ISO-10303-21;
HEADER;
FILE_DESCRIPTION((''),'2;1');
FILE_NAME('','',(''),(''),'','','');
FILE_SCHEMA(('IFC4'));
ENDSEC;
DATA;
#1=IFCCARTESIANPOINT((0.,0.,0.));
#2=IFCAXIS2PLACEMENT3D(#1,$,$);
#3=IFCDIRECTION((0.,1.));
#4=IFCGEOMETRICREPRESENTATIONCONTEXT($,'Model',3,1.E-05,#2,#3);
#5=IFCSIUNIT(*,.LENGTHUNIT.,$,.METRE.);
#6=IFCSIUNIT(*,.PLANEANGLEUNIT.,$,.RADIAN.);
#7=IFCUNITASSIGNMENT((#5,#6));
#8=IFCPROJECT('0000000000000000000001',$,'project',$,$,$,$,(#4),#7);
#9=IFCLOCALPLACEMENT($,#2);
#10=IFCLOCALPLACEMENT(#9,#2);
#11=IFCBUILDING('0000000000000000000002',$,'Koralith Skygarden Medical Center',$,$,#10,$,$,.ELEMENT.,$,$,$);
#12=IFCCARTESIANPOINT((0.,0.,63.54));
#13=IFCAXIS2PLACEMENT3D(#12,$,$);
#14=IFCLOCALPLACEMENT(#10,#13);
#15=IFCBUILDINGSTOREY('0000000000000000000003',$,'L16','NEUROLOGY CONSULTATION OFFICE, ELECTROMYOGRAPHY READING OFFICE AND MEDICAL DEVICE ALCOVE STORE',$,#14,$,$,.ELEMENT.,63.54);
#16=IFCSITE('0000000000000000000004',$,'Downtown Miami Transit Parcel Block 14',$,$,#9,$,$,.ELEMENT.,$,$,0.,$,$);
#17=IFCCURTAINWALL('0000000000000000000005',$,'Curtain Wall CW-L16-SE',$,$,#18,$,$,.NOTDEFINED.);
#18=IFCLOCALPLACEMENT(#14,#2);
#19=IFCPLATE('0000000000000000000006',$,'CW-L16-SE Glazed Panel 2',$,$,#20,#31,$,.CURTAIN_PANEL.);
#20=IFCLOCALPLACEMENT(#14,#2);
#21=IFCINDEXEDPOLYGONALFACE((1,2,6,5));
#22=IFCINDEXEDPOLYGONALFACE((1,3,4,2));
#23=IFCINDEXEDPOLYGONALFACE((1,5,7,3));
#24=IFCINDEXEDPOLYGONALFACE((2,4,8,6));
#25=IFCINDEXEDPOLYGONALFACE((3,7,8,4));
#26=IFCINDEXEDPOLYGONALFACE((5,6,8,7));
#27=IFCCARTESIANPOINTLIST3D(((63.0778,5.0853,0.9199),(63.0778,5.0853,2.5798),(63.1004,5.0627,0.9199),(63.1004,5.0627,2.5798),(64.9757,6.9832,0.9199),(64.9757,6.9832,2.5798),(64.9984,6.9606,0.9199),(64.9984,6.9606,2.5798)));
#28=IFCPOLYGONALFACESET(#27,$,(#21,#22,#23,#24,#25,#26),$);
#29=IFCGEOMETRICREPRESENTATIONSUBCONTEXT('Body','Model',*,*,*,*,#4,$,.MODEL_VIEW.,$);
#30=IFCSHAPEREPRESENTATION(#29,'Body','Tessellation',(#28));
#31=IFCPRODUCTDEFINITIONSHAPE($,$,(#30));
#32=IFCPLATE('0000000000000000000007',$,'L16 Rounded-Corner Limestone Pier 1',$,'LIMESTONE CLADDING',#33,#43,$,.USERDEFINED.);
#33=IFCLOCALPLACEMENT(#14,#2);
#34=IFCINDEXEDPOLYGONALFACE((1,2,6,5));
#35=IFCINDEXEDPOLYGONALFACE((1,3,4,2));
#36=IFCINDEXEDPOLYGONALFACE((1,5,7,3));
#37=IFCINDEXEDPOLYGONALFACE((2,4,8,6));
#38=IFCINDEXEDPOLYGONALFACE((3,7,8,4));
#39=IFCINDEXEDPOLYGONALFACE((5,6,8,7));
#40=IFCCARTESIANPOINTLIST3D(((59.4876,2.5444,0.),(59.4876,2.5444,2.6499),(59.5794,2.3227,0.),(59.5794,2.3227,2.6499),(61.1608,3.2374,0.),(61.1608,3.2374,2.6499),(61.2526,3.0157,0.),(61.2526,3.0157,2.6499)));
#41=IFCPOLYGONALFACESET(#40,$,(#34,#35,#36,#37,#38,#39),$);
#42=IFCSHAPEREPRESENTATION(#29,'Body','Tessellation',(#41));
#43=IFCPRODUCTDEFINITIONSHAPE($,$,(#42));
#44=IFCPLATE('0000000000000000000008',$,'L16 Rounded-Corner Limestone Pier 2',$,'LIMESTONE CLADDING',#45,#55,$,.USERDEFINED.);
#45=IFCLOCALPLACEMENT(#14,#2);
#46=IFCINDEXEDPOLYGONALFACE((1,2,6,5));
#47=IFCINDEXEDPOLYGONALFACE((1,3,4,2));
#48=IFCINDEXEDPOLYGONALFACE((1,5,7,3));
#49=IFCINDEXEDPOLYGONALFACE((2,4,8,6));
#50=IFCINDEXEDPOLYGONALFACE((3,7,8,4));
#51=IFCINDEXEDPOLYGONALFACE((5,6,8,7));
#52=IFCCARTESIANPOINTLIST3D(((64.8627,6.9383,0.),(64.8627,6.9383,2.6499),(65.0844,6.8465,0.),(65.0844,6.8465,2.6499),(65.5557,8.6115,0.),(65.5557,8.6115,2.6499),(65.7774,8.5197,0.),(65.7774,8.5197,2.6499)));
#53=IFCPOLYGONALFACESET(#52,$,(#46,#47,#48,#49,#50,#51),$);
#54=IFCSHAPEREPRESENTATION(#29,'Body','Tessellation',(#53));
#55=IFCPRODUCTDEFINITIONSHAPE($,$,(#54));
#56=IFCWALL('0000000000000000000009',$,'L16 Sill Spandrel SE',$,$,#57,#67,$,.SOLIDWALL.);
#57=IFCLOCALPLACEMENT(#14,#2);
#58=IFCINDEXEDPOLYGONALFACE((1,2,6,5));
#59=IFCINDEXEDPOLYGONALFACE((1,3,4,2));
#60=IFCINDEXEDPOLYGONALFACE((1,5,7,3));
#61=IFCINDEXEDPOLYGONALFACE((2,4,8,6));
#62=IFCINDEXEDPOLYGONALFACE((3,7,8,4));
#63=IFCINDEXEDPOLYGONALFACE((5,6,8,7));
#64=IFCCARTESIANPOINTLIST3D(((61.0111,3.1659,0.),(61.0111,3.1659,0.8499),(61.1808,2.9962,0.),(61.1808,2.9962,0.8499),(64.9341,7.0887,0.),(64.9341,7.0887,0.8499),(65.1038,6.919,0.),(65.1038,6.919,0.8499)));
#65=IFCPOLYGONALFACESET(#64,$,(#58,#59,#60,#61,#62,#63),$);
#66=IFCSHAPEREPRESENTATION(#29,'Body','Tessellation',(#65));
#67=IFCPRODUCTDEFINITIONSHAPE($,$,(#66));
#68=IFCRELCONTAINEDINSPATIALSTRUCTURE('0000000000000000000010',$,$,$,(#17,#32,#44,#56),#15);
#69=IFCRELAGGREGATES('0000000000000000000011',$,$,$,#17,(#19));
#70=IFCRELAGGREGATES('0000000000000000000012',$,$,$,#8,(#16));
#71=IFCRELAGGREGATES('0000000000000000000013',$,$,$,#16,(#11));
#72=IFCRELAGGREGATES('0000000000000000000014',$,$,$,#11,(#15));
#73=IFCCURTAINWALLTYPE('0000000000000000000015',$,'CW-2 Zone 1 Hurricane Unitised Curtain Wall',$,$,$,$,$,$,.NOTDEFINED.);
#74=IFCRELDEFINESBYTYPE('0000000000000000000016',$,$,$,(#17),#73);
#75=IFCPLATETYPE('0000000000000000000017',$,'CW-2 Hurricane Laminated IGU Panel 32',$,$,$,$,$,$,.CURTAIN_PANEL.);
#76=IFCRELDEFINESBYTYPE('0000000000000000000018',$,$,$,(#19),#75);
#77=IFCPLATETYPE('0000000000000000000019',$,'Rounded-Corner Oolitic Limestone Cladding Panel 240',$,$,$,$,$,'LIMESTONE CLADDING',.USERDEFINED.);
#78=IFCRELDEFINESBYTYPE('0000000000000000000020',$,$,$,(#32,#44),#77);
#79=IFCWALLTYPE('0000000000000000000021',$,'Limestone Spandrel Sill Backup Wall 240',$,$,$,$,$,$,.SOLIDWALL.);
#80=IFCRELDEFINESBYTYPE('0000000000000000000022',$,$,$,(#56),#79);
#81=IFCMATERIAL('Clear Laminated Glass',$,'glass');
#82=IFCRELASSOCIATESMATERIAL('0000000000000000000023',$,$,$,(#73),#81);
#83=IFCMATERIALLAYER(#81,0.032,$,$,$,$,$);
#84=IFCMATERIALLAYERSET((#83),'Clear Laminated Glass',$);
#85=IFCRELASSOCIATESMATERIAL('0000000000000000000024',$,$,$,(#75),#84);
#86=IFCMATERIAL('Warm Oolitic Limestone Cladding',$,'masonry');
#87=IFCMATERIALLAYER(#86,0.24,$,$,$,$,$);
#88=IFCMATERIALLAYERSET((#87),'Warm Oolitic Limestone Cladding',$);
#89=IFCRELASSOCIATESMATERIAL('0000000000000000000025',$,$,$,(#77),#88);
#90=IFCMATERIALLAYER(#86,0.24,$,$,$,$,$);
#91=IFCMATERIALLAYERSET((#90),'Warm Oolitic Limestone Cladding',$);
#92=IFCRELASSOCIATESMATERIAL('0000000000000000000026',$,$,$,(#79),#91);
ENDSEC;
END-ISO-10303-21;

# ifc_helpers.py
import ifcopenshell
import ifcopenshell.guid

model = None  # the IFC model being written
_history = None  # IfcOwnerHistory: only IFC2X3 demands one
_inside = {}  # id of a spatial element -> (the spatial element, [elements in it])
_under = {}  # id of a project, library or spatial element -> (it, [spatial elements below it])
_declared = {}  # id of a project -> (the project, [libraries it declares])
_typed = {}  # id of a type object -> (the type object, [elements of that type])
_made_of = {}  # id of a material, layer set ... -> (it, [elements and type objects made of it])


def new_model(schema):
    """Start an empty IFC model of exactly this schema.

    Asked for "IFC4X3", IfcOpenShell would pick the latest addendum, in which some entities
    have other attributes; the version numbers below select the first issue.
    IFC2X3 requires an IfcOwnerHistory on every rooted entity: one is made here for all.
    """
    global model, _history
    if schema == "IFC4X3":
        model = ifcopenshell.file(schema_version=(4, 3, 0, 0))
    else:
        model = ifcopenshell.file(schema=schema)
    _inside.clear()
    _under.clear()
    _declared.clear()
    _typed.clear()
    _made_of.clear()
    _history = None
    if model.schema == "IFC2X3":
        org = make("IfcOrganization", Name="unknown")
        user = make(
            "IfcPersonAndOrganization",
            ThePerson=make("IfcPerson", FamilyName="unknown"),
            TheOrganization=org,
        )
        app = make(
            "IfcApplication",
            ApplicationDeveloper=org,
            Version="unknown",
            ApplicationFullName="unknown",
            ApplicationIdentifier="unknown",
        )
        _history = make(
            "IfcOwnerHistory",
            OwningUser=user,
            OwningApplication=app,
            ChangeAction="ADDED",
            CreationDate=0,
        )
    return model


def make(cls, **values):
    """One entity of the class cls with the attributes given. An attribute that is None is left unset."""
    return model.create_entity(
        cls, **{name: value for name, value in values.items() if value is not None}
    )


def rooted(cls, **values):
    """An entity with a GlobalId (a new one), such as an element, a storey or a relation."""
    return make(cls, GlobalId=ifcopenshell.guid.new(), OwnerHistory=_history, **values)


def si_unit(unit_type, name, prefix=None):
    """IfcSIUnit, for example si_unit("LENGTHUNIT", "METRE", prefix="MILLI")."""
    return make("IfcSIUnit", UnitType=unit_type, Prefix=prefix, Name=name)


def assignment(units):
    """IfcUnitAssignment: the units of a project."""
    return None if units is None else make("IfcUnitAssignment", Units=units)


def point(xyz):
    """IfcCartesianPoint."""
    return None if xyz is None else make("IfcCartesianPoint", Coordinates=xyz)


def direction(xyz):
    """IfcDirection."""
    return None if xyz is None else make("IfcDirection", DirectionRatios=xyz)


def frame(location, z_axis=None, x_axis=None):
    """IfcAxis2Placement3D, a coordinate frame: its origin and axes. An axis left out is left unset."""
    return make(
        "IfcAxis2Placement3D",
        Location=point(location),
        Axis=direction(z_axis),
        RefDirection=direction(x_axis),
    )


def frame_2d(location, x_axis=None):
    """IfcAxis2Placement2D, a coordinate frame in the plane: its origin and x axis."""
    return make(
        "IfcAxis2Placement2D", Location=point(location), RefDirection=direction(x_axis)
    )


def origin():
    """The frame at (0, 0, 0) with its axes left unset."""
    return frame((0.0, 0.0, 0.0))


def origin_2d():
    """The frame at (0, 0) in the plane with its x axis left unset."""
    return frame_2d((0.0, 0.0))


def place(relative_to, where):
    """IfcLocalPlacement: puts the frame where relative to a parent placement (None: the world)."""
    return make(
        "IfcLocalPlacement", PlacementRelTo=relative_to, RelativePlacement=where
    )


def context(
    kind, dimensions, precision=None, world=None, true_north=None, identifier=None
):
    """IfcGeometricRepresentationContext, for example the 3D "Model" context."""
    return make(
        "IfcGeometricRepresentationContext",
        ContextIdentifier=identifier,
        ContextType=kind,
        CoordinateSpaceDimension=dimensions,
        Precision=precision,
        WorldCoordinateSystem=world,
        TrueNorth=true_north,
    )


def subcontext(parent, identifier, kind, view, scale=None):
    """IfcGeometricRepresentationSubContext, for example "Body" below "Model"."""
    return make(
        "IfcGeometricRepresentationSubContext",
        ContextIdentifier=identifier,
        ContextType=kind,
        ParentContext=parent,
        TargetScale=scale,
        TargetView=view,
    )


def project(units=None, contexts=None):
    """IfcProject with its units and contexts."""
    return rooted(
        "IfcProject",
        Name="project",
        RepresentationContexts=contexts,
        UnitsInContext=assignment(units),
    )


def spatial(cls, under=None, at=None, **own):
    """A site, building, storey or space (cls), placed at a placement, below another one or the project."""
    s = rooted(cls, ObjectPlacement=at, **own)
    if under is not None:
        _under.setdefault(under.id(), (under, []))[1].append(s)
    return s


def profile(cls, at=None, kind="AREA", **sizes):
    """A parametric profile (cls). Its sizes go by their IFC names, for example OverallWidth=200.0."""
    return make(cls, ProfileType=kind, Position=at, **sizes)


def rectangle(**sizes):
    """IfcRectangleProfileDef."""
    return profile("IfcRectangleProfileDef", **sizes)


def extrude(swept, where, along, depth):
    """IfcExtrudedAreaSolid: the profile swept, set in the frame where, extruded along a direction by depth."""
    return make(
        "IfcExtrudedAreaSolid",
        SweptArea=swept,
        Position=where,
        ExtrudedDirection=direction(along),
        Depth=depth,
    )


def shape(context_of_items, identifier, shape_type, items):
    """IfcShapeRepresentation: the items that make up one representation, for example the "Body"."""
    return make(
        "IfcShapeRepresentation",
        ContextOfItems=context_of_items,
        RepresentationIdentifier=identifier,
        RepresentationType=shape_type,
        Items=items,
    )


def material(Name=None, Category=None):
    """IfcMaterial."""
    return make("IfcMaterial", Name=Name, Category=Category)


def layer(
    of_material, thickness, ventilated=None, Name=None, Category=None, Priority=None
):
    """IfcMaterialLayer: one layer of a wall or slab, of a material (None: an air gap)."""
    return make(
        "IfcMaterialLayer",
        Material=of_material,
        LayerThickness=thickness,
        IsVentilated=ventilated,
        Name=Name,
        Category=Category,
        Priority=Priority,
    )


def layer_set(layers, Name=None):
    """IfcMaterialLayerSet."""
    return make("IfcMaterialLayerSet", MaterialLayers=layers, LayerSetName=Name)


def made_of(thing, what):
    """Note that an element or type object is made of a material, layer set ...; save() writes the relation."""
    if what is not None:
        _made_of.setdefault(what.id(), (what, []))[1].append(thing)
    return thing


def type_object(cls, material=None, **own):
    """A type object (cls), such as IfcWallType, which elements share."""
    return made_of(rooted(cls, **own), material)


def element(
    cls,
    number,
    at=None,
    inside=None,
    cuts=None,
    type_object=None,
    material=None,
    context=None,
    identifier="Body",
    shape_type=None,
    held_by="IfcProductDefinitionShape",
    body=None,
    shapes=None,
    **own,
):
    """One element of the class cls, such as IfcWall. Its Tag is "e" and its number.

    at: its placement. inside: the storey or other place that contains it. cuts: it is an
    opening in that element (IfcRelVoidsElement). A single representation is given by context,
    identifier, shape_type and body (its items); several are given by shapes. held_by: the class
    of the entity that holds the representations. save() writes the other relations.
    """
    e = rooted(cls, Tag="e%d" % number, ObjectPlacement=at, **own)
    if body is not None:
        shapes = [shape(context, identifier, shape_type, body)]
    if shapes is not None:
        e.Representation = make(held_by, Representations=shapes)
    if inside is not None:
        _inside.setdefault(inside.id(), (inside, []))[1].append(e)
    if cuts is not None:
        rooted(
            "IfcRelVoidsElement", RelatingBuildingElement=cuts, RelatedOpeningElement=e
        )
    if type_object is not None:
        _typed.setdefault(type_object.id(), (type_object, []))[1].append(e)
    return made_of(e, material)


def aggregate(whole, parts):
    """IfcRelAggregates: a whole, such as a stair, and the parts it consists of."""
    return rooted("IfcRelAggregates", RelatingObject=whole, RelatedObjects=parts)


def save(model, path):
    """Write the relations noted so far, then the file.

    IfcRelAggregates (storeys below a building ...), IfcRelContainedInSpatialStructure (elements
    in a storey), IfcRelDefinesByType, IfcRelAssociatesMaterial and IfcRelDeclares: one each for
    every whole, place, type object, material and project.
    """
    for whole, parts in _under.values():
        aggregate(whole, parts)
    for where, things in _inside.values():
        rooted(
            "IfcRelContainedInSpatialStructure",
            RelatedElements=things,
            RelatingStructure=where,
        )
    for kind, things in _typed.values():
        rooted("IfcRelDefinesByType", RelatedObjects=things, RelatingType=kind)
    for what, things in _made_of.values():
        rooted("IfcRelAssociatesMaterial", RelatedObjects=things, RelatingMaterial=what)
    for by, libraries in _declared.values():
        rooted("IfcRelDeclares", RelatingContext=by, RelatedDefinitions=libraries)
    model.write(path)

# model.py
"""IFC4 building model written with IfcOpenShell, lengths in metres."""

from ifc_helpers import new_model, si_unit, direction, frame, frame_2d, origin, origin_2d, place, context, subcontext, project, spatial, rectangle, extrude, material, layer, layer_set, type_object, element, aggregate, save


model = new_model("IFC4")

# Units and contexts
model_context = context("Model", 3, precision=1e-05, world=origin(), true_north=direction((0.0, 1.0)))
body_context = subcontext(model_context, "Body", "Model", "MODEL_VIEW")
ifc_project = project(units=[si_unit("LENGTHUNIT", "METRE"), si_unit("PLANEANGLEUNIT", "RADIAN")], contexts=[model_context])

# Site, building, storey
site_placement = place(None, origin())
site = spatial("IfcSite", under=ifc_project, at=site_placement, Name="Downtown Miami Transit Parcel Block 14", CompositionType="ELEMENT", RefElevation=0.0)
building_placement = place(site_placement, origin())
building = spatial("IfcBuilding", under=site, at=building_placement, Name="Koralith Skygarden Medical Center", CompositionType="ELEMENT")
storey_placement = place(building_placement, frame((0.0, 0.0, 63.54)))
storey = spatial("IfcBuildingStorey", under=building, at=storey_placement, Name="L16", Description="NEUROLOGY CONSULTATION OFFICE, ELECTROMYOGRAPHY READING OFFICE AND MEDICAL DEVICE ALCOVE STORE", CompositionType="ELEMENT", Elevation=63.54)

# Curtain wall
ifc_material_1 = material(Name="Clear Laminated Glass", Category="glass")
curtain_wall_type = type_object("IfcCurtainWallType", Name="CW-2 Zone 1 Hurricane Unitised Curtain Wall", PredefinedType="NOTDEFINED", material=ifc_material_1)
curtain_wall_1_placement = place(storey_placement, origin())
curtain_wall_1 = element("IfcCurtainWall", 1, at=curtain_wall_1_placement, inside=storey, type_object=curtain_wall_type, Name="Curtain Wall CW-L16-SE", PredefinedType="NOTDEFINED")

# Plate
ifc_layer_1 = layer(ifc_material_1, 0.032)
ifc_layer_set_1 = layer_set([ifc_layer_1], Name="Clear Laminated Glass")
plate_type_1 = type_object("IfcPlateType", Name="CW-2 Hurricane Laminated IGU Panel 32", PredefinedType="CURTAIN_PANEL", material=ifc_layer_set_1)
plate_1_placement = place(storey_placement, frame((64.0381, 6.0229, 0.9199), z_axis=(0.0, 0.0, 1.0), x_axis=(0.707107, 0.707107, 0.0)))
plate_1 = element("IfcPlate", 2, at=plate_1_placement, type_object=plate_type_1, Name="CW-L16-SE Glazed Panel 2", PredefinedType="CURTAIN_PANEL", context=body_context, shape_type="SweptSolid", body=[
    extrude(rectangle(XDim=2.6841, YDim=0.032, at=origin_2d()), origin(), (0.0, 0.0, 1.0), 1.6599),
])
aggregate(curtain_wall_1, [plate_1])

# Plates
ifc_material_2 = material(Name="Warm Oolitic Limestone Cladding", Category="masonry")
ifc_layer_2 = layer(ifc_material_2, 0.24)
ifc_layer_set_2 = layer_set([ifc_layer_2], Name="Warm Oolitic Limestone Cladding")
plate_type_2 = type_object("IfcPlateType", Name="Rounded-Corner Oolitic Limestone Cladding Panel 240", ElementType="LIMESTONE CLADDING", PredefinedType="USERDEFINED", material=ifc_layer_set_2)
for number, where, z_axis, x_axis, name in (
    (3, (60.3701, 2.78, 0.0), (0.0, 0.0, 1.0), (0.923885, 0.382671, 0.0), "L16 Rounded-Corner Limestone Pier 1"),
    (4, (65.3201, 7.729, 0.0), (0.0, 0.0, 1.0), (0.382671, 0.923885, 0.0), "L16 Rounded-Corner Limestone Pier 2"),
):
    element("IfcPlate", number, at=place(storey_placement, frame(where, z_axis=z_axis, x_axis=x_axis)), inside=storey, type_object=plate_type_2, Name=name, ObjectType="LIMESTONE CLADDING", PredefinedType="USERDEFINED", context=body_context, shape_type="SweptSolid", body=[
        extrude(rectangle(XDim=1.811, YDim=0.24, at=origin_2d()), origin(), (0.0, 0.0, 1.0), 2.6499),
    ])

# Wall
ifc_layer_3 = layer(ifc_material_2, 0.24)
ifc_layer_set_3 = layer_set([ifc_layer_3], Name="Warm Oolitic Limestone Cladding")
wall_type = type_object("IfcWallType", Name="Limestone Spandrel Sill Backup Wall 240", PredefinedType="SOLIDWALL", material=ifc_layer_set_3)
wall_placement = place(storey_placement, frame((61.0959, 3.0811, 0.0), z_axis=(0.0, 0.0, 1.0), x_axis=(0.707129, 0.707085, 0.0)))
element("IfcWall", 5, at=wall_placement, inside=storey, type_object=wall_type, Name="L16 Sill Spandrel SE", PredefinedType="SOLIDWALL", context=body_context, shape_type="SweptSolid", body=[
    extrude(rectangle(XDim=5.5479, YDim=0.24, at=frame_2d((2.7739, 0.0))), origin(), (0.0, 0.0, 1.0), 0.8499),
])

save(model, "model.ifc")
